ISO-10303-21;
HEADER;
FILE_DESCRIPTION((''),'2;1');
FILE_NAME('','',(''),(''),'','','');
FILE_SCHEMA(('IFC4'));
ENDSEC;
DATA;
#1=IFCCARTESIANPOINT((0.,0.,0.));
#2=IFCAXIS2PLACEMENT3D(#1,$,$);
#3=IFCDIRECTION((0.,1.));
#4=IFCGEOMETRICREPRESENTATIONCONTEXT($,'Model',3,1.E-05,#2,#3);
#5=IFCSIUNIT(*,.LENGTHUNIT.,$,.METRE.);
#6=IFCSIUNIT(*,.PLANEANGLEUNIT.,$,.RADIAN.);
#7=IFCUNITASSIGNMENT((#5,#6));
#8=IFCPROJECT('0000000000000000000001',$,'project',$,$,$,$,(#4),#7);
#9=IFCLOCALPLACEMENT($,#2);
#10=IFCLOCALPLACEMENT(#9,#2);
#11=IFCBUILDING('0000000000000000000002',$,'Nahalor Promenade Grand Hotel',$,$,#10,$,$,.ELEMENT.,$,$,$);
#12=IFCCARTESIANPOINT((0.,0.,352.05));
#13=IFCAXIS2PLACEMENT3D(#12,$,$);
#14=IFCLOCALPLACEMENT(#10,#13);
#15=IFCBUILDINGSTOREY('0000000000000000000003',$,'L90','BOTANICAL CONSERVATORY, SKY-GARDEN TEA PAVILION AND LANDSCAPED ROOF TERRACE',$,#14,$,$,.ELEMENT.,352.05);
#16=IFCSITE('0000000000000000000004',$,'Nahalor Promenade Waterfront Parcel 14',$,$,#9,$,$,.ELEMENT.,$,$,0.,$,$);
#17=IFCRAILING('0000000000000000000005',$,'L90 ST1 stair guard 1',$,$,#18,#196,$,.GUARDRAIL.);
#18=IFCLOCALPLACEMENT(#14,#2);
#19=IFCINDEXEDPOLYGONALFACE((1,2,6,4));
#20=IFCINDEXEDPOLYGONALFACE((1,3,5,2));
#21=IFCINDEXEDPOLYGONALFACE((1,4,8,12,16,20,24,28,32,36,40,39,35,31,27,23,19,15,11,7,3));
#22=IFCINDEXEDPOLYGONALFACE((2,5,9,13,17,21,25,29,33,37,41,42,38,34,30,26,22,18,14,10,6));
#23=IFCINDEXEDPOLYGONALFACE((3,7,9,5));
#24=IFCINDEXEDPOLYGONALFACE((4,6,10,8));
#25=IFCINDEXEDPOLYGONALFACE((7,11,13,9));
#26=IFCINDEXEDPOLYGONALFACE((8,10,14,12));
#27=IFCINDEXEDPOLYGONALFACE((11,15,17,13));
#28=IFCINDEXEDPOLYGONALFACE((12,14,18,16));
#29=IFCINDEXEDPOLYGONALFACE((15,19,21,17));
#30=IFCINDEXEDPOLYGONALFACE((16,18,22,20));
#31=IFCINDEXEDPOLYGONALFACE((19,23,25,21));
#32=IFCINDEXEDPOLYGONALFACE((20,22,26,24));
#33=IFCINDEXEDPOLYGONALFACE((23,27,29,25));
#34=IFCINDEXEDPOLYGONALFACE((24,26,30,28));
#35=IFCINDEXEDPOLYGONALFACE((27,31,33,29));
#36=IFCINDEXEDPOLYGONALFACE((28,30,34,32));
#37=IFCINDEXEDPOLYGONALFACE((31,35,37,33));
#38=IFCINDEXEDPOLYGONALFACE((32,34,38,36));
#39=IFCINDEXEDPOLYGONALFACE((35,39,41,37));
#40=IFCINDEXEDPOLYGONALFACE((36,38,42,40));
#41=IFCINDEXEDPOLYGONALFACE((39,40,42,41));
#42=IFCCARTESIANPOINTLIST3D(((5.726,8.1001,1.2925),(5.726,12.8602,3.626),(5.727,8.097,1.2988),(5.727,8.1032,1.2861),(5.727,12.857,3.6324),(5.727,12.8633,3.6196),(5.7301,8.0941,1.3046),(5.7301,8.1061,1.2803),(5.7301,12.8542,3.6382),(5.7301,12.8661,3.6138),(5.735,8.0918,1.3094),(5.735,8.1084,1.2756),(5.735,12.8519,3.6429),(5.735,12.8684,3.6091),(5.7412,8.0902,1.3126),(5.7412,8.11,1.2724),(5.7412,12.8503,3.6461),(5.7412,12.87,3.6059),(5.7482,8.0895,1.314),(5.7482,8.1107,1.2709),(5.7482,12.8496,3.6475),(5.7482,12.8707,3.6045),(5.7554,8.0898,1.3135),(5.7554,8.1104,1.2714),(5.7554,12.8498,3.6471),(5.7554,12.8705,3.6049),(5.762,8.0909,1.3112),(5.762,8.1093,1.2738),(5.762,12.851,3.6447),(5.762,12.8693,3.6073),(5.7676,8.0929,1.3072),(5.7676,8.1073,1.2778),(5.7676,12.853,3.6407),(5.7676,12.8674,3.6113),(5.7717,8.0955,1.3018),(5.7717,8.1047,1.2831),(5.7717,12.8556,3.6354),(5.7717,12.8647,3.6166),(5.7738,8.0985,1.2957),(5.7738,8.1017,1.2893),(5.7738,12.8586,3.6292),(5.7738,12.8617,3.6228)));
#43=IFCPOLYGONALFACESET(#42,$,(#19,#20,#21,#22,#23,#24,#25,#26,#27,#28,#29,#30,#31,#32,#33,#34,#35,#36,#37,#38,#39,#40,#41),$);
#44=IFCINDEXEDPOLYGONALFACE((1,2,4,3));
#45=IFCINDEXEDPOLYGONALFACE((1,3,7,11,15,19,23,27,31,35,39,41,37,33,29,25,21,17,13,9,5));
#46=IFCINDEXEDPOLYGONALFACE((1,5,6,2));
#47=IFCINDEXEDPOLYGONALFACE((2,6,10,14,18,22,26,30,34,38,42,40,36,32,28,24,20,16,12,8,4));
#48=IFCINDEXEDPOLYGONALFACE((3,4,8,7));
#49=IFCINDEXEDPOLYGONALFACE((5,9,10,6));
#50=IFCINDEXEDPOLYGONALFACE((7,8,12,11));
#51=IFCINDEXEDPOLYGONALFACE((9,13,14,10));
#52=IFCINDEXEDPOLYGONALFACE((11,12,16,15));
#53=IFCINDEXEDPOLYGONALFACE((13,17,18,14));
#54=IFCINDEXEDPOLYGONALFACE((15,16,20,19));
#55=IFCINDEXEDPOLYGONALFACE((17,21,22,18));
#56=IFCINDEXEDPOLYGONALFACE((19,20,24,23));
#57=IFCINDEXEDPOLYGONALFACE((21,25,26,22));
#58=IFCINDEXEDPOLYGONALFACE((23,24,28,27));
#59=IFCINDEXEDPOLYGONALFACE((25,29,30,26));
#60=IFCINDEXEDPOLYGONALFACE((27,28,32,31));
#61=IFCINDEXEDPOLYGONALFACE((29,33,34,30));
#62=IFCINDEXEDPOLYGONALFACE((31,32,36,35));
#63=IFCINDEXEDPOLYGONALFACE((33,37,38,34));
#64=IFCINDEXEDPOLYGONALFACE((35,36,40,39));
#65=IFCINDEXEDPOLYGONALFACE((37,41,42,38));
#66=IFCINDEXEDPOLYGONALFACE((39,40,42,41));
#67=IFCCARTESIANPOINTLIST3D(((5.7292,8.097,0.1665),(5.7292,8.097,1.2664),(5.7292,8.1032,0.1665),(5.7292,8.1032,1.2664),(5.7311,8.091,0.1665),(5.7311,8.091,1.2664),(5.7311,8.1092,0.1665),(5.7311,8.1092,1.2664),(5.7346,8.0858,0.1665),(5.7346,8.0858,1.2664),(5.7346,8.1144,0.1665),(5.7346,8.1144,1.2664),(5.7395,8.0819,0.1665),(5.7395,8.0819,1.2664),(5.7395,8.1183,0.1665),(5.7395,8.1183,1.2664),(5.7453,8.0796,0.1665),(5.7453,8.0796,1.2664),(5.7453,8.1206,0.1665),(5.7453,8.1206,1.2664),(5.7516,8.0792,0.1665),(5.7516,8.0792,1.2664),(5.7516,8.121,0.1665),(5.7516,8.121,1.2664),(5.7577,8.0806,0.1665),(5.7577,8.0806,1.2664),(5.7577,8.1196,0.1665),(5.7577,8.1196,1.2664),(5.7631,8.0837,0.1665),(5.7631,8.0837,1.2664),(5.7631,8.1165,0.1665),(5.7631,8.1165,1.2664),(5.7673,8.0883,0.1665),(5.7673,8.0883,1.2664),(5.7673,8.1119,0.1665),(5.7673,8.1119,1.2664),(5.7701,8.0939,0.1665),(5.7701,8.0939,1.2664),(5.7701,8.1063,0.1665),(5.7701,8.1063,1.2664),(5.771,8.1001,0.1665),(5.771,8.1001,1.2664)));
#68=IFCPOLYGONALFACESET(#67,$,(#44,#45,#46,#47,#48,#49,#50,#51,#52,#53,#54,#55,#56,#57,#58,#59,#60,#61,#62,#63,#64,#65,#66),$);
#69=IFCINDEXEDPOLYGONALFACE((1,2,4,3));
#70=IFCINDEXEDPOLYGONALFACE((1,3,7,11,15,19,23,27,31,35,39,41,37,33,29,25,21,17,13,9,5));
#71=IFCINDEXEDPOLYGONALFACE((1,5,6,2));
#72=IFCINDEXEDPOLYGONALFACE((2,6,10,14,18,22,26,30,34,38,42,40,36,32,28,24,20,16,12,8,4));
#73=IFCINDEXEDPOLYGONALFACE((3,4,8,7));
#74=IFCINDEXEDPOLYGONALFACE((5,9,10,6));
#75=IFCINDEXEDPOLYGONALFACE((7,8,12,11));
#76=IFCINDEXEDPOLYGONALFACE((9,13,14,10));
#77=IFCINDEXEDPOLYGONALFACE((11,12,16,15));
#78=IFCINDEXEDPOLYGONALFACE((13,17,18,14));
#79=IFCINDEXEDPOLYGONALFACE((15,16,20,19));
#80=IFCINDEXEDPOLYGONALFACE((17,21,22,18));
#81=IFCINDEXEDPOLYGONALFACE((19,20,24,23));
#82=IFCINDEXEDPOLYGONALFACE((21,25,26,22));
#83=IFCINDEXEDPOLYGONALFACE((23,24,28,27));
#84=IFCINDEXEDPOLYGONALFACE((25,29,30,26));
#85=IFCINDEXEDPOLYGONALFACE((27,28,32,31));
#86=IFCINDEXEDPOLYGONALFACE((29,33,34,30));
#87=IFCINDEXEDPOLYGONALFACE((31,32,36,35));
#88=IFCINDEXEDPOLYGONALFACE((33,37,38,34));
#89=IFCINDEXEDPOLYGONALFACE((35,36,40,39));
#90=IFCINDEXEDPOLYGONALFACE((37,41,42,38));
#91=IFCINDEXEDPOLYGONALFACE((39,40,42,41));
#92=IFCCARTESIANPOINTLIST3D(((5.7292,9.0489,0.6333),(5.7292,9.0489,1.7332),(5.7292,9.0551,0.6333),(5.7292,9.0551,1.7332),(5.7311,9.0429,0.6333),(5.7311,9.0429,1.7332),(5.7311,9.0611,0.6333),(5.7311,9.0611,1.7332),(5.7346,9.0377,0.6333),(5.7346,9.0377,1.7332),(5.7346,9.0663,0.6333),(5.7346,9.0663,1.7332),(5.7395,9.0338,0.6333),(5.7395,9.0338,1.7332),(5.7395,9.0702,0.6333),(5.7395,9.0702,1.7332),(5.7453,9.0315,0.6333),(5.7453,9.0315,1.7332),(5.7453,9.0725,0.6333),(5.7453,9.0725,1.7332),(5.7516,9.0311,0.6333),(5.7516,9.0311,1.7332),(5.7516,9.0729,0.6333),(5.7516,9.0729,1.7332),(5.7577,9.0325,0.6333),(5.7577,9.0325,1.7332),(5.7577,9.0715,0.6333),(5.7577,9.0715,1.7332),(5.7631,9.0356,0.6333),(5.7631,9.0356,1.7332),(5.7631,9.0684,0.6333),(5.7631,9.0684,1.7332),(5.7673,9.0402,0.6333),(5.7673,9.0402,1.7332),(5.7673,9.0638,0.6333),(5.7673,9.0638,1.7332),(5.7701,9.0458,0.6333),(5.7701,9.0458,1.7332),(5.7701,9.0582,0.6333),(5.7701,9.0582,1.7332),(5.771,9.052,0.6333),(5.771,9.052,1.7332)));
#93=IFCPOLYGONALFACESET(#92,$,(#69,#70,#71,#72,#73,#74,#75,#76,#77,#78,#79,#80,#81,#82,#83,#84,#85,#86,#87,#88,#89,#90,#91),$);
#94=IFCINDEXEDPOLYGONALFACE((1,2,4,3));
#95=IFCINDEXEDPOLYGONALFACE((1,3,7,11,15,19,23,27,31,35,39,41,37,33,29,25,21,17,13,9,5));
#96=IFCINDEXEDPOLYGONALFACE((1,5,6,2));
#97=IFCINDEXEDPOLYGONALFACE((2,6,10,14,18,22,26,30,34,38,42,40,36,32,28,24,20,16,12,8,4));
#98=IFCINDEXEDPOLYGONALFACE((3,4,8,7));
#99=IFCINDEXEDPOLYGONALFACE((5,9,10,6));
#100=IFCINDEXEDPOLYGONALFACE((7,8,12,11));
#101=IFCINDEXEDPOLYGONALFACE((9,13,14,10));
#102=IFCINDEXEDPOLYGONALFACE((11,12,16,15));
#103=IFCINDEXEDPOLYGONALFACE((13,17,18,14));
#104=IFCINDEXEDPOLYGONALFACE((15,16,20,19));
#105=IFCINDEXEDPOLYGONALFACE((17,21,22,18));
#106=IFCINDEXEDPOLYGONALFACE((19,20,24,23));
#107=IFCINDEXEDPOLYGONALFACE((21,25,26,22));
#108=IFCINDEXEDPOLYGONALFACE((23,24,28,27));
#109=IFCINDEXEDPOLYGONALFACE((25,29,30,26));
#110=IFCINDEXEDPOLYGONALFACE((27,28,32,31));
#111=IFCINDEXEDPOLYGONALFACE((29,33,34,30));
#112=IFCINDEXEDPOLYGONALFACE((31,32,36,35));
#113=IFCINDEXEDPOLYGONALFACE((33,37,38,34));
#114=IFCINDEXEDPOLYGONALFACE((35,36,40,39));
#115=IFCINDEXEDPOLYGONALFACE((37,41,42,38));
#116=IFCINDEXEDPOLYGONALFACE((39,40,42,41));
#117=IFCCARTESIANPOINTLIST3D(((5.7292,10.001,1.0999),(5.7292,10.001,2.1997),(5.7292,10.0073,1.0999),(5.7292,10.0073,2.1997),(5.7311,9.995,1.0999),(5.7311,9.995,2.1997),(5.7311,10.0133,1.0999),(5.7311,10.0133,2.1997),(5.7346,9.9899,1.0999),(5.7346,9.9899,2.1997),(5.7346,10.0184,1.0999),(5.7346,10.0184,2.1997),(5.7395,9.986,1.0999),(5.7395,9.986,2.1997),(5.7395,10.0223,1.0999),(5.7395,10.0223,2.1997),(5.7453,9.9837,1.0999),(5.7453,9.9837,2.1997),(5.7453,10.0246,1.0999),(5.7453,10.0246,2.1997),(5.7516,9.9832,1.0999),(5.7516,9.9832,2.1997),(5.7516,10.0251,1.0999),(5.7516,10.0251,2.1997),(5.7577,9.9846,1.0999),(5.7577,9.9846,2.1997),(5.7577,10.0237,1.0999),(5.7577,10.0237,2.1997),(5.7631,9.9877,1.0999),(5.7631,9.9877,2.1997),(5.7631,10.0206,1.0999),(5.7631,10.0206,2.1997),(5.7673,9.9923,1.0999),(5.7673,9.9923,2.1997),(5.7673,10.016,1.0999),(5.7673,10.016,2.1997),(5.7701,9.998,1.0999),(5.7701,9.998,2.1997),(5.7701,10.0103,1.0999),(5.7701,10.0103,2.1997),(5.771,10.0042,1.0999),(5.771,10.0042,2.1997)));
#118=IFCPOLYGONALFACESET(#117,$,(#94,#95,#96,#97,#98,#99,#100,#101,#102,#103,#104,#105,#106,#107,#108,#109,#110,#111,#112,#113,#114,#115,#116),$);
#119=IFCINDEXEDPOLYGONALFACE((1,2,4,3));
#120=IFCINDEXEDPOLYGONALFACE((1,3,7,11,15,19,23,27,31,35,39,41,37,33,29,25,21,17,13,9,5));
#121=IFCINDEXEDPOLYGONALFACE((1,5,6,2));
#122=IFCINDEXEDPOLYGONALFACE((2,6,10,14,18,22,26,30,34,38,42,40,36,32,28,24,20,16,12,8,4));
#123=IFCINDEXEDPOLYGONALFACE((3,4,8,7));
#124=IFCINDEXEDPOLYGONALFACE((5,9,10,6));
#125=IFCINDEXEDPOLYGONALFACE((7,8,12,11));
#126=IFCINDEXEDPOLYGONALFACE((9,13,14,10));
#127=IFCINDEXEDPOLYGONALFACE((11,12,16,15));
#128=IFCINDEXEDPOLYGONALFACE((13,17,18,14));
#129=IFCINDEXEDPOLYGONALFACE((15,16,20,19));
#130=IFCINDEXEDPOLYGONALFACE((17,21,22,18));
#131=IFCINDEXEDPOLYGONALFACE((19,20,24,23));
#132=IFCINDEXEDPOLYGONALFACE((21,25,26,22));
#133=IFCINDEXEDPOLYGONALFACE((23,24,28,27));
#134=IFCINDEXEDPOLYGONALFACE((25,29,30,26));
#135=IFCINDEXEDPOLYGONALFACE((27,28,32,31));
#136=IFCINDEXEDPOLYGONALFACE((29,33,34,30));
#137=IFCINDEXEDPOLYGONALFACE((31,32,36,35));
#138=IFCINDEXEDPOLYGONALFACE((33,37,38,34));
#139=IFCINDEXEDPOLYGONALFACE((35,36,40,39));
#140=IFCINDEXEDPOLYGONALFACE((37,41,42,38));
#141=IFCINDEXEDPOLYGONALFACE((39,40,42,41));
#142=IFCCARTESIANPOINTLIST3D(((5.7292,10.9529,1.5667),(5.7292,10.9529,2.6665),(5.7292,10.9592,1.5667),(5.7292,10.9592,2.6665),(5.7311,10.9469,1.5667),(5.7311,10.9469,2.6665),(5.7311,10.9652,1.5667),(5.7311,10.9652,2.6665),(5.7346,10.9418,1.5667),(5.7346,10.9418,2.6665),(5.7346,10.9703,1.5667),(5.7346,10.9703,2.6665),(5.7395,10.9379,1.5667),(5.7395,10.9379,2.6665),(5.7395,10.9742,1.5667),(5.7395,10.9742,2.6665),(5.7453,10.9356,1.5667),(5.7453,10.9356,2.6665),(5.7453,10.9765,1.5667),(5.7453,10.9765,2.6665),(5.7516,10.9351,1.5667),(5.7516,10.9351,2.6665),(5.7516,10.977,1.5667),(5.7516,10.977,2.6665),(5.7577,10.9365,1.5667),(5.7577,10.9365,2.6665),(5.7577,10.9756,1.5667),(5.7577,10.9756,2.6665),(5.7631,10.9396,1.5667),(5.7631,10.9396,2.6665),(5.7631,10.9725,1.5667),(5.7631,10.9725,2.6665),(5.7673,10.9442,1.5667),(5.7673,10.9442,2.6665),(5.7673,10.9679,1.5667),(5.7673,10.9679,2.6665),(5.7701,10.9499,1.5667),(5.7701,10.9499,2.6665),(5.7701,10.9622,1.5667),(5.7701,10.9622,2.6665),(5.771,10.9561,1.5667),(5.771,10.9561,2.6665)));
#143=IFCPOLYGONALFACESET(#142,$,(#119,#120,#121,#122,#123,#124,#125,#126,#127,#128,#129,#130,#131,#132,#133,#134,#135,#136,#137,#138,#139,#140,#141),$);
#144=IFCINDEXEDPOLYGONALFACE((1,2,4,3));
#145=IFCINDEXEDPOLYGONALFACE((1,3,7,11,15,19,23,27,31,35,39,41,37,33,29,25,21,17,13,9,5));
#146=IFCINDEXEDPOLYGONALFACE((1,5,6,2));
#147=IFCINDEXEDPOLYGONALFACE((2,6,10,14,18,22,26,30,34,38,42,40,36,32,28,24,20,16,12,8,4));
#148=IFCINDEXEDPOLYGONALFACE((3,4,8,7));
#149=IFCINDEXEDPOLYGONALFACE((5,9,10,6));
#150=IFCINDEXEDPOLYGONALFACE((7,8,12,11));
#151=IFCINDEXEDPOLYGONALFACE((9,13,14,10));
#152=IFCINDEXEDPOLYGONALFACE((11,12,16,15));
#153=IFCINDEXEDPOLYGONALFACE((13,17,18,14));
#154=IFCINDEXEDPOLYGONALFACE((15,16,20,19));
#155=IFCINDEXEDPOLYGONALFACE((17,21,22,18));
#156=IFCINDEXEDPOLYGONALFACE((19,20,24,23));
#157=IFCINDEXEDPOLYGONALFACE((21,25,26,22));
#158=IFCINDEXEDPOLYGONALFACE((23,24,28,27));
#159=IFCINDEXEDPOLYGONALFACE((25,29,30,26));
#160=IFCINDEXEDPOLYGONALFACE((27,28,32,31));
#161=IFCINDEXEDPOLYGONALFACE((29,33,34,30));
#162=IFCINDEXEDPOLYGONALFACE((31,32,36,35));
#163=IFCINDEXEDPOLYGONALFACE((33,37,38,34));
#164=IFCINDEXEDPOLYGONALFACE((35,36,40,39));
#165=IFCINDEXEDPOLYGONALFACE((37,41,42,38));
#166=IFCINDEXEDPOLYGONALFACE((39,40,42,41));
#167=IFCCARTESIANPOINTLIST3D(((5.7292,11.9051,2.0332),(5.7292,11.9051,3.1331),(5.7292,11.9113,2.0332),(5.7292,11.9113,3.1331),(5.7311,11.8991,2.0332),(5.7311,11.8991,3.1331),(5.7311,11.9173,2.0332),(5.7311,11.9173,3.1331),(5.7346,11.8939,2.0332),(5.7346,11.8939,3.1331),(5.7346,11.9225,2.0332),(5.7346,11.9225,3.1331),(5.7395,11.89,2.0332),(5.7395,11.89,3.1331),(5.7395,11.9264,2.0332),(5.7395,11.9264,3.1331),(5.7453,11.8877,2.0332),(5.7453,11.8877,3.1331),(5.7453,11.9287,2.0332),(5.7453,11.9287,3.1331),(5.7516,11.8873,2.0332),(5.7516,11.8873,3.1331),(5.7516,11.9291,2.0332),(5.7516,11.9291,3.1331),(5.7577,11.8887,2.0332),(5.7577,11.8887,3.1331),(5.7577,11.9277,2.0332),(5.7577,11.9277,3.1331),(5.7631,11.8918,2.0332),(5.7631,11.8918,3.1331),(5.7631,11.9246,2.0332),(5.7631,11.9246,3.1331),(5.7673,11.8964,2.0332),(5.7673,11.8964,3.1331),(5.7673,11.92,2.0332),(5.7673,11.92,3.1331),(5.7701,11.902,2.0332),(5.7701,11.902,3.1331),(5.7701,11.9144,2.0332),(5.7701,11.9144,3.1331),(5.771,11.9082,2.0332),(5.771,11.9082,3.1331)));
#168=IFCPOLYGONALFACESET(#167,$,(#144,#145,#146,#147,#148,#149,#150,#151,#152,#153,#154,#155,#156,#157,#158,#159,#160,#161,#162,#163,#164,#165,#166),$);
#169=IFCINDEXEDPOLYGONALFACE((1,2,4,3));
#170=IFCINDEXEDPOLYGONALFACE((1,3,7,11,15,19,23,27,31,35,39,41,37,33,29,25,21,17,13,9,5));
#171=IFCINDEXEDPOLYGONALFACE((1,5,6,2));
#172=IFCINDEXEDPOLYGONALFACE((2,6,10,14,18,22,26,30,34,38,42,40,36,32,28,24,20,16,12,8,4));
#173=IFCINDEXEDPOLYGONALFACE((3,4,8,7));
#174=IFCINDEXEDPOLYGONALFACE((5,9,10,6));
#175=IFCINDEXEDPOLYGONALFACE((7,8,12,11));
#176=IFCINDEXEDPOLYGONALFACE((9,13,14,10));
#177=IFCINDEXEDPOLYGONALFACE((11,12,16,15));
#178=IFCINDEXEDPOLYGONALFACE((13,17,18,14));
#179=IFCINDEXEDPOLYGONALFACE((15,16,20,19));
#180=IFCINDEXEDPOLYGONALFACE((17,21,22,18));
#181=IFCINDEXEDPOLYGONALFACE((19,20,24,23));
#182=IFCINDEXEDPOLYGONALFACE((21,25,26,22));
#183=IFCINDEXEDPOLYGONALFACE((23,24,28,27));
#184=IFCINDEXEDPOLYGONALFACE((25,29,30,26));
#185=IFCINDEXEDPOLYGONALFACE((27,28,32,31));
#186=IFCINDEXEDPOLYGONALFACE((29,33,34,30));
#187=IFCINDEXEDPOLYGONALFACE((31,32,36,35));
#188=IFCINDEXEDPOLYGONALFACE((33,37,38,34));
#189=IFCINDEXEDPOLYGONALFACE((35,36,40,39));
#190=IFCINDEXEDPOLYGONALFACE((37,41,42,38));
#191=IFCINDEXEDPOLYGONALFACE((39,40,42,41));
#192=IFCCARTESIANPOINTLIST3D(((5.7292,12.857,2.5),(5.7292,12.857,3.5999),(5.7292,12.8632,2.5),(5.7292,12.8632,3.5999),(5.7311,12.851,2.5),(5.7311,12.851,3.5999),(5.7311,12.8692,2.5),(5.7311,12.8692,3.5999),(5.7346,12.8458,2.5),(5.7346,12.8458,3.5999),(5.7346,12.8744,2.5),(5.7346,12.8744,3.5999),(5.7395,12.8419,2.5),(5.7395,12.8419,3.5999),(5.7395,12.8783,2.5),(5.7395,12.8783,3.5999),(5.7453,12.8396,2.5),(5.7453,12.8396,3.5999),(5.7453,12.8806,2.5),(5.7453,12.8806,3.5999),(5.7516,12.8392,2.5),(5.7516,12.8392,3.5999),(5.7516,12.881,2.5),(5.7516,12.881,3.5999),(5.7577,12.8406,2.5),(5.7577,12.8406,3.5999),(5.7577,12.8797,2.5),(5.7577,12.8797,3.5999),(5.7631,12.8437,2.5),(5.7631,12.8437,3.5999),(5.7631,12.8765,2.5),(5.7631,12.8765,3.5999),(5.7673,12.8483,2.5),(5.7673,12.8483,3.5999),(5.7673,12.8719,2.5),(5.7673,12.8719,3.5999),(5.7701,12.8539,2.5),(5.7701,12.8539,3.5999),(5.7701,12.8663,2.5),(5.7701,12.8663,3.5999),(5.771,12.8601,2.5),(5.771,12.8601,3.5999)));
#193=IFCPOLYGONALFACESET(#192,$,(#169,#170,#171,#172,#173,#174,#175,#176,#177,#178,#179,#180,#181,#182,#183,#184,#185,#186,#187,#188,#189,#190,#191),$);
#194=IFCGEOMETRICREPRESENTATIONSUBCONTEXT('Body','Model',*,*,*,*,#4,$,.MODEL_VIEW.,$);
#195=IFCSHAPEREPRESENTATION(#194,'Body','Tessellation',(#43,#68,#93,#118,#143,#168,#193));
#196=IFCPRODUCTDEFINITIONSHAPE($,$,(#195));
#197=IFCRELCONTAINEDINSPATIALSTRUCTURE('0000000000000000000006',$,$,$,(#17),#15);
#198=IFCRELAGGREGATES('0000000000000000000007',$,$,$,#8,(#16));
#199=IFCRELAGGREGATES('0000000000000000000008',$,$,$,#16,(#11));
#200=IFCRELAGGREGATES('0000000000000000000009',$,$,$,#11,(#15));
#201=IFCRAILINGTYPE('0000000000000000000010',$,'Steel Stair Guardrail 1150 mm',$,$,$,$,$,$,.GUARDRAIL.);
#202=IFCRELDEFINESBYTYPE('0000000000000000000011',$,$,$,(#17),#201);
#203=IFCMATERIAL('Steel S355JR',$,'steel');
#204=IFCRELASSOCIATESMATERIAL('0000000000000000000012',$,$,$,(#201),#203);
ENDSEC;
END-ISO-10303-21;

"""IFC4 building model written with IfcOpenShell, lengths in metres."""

from ifc_helpers import new_model, si_unit, direction, frame, origin, origin_2d, place, context, subcontext, project, spatial, circle, extrude, material, type_object, element, save


model = new_model("IFC4")

# Units and contexts
model_context = context("Model", 3, precision=1e-05, world=origin(), true_north=direction((0.0, 1.0)))
body_context = subcontext(model_context, "Body", "Model", "MODEL_VIEW")
ifc_project = project(units=[si_unit("LENGTHUNIT", "METRE"), si_unit("PLANEANGLEUNIT", "RADIAN")], contexts=[model_context])

# Site, building, storey
site_placement = place(None, origin())
site = spatial("IfcSite", under=ifc_project, at=site_placement, Name="Nahalor Promenade Waterfront Parcel 14", CompositionType="ELEMENT", RefElevation=0.0)
building_placement = place(site_placement, origin())
building = spatial("IfcBuilding", under=site, at=building_placement, Name="Nahalor Promenade Grand Hotel", CompositionType="ELEMENT")
storey_placement = place(building_placement, frame((0.0, 0.0, 352.05)))
storey = spatial("IfcBuildingStorey", under=building, at=storey_placement, Name="L90", Description="BOTANICAL CONSERVATORY, SKY-GARDEN TEA PAVILION AND LANDSCAPED ROOF TERRACE", CompositionType="ELEMENT", Elevation=352.05)

# Shared definitions
ifc_material_1 = material(Name="Steel S355JR", Category="steel")

# Railing
railing_type_1 = type_object("IfcRailingType", Name="Steel Stair Guardrail 1150 mm", PredefinedType="GUARDRAIL", material=ifc_material_1)
railing_1_placement = place(storey_placement, frame((5.75, 8.1001, 0.1665)))
element("IfcRailing", 1, at=railing_1_placement, inside=storey, type_object=railing_type_1, Name="L90 ST1 stair guard 1", PredefinedType="GUARDRAIL", context=body_context, shape_type="SweptSolid", body=[
    extrude(circle(Radius=0.024, at=origin_2d()), frame((0.0, 0.0, 1.126), z_axis=(0.0, 0.897909, 0.440181), x_axis=(-1.0, 0.0, 0.0)), (0.0, 0.0, 1.0), 5.3013),
    extrude(circle(Radius=0.021, at=origin_2d()), origin(), (0.0, 0.0, 1.0), 1.0999),
    extrude(circle(Radius=0.021, at=origin_2d()), frame((0.0, 0.9519, 0.4668)), (0.0, 0.0, 1.0), 1.0999),
    extrude(circle(Radius=0.021, at=origin_2d()), frame((0.0, 1.9041, 0.9333)), (0.0, 0.0, 1.0), 1.0999),
    extrude(circle(Radius=0.021, at=origin_2d()), frame((0.0, 2.856, 1.4001)), (0.0, 0.0, 1.0), 1.0999),
    extrude(circle(Radius=0.021, at=origin_2d()), frame((0.0, 3.8081, 1.8667)), (0.0, 0.0, 1.0), 1.0999),
    extrude(circle(Radius=0.021, at=origin_2d()), frame((0.0, 4.76, 2.3335)), (0.0, 0.0, 1.0), 1.0999),
])

save(model, "model.ifc")
